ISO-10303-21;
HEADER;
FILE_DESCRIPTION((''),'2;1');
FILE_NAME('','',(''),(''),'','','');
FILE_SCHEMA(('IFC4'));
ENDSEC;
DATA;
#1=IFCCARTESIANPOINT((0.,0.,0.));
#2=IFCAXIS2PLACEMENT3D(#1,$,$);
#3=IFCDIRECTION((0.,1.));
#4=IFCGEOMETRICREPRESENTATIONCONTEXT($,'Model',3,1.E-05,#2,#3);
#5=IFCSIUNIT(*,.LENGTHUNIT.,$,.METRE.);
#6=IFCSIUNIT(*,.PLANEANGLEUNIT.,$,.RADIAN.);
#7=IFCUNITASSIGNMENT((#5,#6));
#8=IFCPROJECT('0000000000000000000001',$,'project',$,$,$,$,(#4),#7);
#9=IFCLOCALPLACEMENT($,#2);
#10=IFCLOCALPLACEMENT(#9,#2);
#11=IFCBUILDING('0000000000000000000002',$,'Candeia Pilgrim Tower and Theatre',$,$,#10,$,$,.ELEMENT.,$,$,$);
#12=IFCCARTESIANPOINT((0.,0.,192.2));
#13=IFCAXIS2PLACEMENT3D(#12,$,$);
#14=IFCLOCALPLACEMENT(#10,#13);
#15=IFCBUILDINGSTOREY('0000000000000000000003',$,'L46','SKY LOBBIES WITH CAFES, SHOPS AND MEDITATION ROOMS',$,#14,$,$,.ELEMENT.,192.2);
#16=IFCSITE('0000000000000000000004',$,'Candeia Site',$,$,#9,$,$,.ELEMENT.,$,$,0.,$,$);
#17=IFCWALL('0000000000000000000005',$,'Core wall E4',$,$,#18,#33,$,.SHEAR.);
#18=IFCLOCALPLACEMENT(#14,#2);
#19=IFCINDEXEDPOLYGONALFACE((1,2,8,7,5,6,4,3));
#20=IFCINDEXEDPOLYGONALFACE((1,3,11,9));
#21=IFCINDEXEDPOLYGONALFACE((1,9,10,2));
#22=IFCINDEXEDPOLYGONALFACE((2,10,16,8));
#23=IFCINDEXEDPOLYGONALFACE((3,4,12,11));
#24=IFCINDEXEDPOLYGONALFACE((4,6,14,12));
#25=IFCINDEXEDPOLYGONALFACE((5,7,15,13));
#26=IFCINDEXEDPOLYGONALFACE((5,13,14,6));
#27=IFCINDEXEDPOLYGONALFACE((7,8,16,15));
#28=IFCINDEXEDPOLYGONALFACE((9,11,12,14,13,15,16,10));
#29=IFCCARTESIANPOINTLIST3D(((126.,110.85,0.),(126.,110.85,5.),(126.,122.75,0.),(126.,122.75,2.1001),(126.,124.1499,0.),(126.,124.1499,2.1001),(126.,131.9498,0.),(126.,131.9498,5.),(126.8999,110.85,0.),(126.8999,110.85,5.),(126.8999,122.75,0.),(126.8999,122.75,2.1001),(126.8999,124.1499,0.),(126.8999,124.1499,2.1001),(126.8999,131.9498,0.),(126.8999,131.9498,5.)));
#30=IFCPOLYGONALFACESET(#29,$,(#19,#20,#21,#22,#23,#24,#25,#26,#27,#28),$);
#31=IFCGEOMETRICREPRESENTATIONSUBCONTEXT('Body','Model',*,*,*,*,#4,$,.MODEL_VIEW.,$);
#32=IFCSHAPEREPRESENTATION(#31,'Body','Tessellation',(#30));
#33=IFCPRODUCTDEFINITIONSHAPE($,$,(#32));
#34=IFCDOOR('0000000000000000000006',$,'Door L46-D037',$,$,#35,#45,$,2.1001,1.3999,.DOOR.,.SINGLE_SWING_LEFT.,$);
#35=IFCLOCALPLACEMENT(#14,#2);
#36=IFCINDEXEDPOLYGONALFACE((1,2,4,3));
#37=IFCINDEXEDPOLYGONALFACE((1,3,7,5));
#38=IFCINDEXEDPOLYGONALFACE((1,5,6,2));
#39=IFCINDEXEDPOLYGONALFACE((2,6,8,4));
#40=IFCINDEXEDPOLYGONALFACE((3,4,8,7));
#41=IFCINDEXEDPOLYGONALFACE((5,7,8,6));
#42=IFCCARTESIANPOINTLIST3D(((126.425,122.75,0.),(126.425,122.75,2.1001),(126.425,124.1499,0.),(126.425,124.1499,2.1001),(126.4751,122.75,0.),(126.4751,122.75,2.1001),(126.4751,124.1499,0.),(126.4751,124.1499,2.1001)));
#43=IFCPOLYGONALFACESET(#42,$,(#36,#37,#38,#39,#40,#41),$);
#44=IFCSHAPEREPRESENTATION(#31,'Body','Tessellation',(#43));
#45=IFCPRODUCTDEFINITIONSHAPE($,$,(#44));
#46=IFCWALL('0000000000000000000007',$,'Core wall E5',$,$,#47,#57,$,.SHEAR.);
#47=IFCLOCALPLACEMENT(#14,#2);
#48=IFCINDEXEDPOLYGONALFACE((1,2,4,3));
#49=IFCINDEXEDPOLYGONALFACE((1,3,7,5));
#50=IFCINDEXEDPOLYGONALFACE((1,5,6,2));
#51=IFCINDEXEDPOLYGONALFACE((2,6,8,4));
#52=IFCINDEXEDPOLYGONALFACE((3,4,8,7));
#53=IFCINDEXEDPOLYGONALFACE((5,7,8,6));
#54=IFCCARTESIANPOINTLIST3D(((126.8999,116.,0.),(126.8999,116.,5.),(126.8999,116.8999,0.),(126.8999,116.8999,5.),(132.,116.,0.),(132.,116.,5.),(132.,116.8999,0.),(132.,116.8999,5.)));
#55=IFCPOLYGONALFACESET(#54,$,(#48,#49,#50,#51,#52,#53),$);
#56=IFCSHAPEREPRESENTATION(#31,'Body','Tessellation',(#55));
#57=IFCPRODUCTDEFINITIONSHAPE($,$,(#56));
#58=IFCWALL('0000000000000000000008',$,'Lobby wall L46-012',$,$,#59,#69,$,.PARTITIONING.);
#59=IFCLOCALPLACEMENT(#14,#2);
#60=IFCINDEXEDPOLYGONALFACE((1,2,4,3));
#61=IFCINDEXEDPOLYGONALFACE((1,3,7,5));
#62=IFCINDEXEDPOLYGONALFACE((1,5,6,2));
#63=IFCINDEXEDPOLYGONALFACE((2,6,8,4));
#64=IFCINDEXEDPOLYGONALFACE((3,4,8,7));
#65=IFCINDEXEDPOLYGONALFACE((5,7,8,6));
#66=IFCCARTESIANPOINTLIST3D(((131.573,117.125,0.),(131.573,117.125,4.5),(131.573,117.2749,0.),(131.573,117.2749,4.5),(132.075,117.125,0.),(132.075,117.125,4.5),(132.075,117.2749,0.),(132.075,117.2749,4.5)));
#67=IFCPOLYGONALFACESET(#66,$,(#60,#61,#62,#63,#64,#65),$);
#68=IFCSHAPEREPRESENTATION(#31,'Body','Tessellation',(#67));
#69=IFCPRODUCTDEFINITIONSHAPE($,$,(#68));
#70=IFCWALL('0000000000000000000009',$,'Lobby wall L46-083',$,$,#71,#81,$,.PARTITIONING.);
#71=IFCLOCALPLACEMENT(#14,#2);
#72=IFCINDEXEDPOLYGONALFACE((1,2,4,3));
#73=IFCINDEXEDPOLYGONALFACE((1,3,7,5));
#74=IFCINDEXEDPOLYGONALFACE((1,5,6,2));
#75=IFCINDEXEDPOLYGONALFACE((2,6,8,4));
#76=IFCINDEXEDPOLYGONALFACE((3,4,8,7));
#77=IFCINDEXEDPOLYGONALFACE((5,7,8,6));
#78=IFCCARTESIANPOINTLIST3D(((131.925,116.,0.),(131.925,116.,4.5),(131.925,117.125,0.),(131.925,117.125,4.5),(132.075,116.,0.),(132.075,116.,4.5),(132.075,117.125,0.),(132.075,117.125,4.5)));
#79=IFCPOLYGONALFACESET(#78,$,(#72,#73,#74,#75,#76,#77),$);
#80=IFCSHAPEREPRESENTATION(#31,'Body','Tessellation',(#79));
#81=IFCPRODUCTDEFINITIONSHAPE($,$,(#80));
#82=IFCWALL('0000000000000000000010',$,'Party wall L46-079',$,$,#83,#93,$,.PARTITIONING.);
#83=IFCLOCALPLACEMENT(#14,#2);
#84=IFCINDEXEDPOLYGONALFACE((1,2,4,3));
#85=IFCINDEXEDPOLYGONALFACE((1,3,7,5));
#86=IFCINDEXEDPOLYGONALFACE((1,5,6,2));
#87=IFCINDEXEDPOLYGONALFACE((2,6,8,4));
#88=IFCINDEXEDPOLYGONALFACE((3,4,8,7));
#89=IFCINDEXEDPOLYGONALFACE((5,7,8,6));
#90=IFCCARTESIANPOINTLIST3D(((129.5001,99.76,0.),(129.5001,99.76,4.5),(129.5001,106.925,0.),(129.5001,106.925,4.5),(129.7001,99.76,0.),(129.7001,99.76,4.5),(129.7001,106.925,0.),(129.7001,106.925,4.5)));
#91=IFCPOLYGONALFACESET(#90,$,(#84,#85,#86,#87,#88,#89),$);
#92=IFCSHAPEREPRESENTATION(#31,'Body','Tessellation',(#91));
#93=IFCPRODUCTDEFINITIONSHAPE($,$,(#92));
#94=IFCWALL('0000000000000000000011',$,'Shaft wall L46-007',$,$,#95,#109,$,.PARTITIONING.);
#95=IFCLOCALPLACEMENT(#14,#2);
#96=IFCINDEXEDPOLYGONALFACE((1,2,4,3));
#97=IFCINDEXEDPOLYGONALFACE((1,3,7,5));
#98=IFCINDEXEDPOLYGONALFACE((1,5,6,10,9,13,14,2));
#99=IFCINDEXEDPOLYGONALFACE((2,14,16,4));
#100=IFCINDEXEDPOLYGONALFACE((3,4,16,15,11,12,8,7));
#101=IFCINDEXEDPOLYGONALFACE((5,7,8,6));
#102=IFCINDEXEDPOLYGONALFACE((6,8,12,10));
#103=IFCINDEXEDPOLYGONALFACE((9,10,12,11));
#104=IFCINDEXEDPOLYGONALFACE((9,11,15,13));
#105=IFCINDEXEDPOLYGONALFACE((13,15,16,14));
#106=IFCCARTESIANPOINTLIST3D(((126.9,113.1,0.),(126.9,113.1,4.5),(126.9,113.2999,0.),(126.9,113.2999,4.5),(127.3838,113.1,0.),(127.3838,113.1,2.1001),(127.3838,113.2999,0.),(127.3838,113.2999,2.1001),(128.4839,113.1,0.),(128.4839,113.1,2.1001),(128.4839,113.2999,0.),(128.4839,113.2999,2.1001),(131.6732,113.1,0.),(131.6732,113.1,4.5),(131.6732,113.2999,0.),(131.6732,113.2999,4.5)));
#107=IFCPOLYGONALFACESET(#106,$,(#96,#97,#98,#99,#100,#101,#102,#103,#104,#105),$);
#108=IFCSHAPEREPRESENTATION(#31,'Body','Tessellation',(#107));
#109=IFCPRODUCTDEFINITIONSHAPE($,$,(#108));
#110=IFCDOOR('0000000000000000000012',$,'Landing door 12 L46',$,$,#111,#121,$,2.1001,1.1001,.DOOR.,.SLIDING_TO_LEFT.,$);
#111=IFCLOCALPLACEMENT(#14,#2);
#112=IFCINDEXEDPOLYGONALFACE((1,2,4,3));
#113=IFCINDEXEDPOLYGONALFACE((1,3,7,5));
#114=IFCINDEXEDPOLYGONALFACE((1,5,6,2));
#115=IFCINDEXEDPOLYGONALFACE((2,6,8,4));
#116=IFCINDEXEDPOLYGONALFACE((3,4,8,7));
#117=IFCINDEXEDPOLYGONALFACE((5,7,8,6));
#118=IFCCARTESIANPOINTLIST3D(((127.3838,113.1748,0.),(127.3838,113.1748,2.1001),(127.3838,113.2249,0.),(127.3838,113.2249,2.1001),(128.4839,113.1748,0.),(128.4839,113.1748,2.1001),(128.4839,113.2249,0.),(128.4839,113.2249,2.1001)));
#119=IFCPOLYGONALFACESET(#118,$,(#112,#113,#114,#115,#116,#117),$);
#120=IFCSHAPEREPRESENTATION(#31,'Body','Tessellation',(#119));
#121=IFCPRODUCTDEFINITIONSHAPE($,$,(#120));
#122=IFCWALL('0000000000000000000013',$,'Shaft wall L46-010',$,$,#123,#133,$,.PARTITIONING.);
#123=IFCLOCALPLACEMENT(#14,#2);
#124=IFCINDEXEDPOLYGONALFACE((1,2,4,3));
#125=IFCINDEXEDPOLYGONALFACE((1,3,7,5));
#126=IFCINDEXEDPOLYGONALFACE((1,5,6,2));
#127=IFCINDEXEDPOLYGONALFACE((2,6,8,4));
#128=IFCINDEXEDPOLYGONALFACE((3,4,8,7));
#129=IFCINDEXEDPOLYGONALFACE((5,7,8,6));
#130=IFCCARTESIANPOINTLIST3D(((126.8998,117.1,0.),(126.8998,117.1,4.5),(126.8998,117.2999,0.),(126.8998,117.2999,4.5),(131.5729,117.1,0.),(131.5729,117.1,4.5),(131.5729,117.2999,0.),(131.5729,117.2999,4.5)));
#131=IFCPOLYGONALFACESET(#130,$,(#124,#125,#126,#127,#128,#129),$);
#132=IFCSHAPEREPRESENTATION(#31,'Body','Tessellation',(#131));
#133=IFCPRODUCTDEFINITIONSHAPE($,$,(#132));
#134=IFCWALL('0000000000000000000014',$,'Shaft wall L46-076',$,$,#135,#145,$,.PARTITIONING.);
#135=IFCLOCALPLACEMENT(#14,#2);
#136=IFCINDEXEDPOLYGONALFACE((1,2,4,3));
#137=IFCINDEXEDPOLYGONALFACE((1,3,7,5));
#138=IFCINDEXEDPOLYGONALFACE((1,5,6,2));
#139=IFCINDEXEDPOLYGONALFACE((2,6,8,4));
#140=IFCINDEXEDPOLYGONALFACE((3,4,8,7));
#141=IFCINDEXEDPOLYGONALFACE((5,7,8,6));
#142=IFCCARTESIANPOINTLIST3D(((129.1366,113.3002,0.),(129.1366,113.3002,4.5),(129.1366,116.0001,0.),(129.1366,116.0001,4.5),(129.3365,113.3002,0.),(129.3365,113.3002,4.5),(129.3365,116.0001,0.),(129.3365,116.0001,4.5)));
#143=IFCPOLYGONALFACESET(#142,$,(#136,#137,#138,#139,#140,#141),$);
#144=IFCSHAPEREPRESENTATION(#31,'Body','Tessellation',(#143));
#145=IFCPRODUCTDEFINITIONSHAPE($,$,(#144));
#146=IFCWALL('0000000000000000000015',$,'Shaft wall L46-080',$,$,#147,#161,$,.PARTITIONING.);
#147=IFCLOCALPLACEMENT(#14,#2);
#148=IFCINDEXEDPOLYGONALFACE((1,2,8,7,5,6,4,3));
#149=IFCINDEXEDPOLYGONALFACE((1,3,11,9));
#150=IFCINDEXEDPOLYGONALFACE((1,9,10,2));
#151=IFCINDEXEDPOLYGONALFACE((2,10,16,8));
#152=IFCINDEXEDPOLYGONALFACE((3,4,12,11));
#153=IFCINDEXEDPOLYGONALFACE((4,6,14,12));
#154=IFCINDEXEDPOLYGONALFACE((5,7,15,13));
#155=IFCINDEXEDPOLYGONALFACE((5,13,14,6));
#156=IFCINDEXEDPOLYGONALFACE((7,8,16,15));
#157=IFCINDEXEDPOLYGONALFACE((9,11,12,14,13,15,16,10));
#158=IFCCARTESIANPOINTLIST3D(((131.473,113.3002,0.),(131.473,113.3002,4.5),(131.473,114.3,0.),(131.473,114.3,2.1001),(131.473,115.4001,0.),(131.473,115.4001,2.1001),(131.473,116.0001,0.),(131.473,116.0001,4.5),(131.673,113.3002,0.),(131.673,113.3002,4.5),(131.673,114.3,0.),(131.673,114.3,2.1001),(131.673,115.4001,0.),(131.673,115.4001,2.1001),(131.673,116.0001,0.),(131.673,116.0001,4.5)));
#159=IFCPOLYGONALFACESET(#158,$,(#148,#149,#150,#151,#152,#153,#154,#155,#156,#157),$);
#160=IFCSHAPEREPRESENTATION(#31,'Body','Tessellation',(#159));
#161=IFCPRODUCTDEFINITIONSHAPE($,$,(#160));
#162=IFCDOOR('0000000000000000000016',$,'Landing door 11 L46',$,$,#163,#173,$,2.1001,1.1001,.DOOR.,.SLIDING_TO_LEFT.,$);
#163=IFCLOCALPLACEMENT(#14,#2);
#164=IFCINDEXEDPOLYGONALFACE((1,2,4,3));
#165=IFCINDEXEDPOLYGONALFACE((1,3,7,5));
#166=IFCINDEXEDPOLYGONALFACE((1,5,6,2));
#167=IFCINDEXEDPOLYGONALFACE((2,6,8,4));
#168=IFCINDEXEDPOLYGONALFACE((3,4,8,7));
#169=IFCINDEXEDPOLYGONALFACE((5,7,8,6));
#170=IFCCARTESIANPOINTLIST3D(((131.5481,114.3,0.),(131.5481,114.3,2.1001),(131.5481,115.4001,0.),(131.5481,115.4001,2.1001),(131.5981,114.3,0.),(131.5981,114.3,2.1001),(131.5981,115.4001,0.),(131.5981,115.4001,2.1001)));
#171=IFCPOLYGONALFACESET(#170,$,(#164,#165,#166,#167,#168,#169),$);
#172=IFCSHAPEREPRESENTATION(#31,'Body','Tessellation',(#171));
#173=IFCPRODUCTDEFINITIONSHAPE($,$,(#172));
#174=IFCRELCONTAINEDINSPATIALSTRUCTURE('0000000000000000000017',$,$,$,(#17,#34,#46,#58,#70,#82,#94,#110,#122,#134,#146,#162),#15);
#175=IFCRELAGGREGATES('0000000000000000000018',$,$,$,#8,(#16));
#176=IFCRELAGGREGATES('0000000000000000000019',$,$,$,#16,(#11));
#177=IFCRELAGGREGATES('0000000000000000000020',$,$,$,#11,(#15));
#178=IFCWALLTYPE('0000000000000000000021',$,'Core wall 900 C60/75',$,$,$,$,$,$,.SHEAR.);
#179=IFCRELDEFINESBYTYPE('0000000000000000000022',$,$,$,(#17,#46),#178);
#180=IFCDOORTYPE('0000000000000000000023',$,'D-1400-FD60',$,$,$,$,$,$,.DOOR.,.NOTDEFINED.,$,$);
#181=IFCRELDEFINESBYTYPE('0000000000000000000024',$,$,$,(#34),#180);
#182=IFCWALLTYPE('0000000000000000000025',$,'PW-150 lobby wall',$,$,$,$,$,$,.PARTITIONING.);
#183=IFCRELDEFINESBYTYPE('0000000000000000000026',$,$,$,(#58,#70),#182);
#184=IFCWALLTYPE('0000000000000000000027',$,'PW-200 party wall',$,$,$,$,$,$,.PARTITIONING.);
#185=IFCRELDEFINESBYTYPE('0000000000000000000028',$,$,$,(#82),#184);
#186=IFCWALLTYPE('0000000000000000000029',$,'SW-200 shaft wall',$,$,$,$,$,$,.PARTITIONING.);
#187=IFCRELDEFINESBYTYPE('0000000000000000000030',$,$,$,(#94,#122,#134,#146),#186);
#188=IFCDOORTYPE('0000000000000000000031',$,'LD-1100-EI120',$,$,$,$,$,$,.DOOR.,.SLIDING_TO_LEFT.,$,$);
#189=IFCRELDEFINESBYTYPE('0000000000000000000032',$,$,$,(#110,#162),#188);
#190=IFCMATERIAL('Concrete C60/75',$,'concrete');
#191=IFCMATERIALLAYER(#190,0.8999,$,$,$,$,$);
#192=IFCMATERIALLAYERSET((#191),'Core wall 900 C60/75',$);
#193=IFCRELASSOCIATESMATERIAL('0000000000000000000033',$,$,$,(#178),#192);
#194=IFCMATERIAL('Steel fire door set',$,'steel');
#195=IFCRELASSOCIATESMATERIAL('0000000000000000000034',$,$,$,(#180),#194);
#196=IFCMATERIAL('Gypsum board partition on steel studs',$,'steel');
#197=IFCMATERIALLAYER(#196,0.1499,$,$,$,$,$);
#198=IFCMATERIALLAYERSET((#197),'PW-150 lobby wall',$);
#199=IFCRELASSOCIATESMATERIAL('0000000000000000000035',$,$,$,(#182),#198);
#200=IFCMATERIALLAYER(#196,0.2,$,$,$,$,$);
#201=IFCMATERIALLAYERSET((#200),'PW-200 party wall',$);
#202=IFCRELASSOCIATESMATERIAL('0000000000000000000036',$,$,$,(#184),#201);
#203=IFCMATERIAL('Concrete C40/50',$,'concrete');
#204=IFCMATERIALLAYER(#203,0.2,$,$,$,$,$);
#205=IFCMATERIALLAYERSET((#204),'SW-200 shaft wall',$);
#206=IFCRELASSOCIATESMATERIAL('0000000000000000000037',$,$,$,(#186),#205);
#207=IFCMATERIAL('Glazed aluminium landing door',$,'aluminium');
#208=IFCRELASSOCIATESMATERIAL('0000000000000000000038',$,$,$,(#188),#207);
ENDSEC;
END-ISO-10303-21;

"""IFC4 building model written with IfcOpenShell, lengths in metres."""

from ifc_helpers import new_model, si_unit, direction, frame, frame_2d, origin, place, context, subcontext, project, spatial, rectangle, extrude, material, layer, layer_set, type_object, element, fill, save


model = new_model("IFC4")

# Units and contexts
model_context = context("Model", 3, precision=1e-05, world=origin(), true_north=direction((0.0, 1.0)))
body_context = subcontext(model_context, "Body", "Model", "MODEL_VIEW")
ifc_project = project(units=[si_unit("LENGTHUNIT", "METRE"), si_unit("PLANEANGLEUNIT", "RADIAN")], contexts=[model_context])

# Site, building, storey
site_placement = place(None, origin())
site = spatial("IfcSite", under=ifc_project, at=site_placement, Name="Candeia Site", CompositionType="ELEMENT", RefElevation=0.0)
building_placement = place(site_placement, origin())
building = spatial("IfcBuilding", under=site, at=building_placement, Name="Candeia Pilgrim Tower and Theatre", CompositionType="ELEMENT")
storey_placement = place(building_placement, frame((0.0, 0.0, 192.2)))
storey = spatial("IfcBuildingStorey", under=building, at=storey_placement, Name="L46", Description="SKY LOBBIES WITH CAFES, SHOPS AND MEDITATION ROOMS", CompositionType="ELEMENT", Elevation=192.2)

# Shared definitions
ifc_material_1 = material(Name="Concrete C60/75", Category="concrete")

# Wall, opening, door
ifc_layer_1 = layer(ifc_material_1, 0.8999)
ifc_layer_set_1 = layer_set([ifc_layer_1], Name="Core wall 900 C60/75")
wall_type_1 = type_object("IfcWallType", Name="Core wall 900 C60/75", PredefinedType="SHEAR", material=ifc_layer_set_1)
wall_1_placement = place(storey_placement, frame((126.45, 110.8501, 0.0), z_axis=(0.0, 0.0, 1.0), x_axis=(0.0, 1.0, 0.0)))
wall_1 = element("IfcWall", 1, at=wall_1_placement, inside=storey, type_object=wall_type_1, Name="Core wall E4", PredefinedType="SHEAR", context=body_context, shape_type="SweptSolid", body=[
    extrude(rectangle(XDim=21.0999, YDim=0.8999, at=frame_2d((10.5498, 0.0))), origin(), (0.0, 0.0, 1.0), 5.0),
])
opening_1_placement = place(wall_1_placement, frame((11.8999, 0.0, 0.0)))
opening_1 = element("IfcOpeningElement", 2, at=opening_1_placement, cuts=wall_1, PredefinedType="OPENING", context=body_context, shape_type="SweptSolid", body=[
    extrude(rectangle(XDim=1.3999, YDim=2.1001, at=frame_2d((0.7, 1.05))), frame((0.0, 0.46, 0.0), z_axis=(0.0, -1.0, 0.0), x_axis=(1.0, 0.0, 0.0)), (0.0, 0.0, 1.0), 0.9199),
])
ifc_material_2 = material(Name="Steel fire door set", Category="steel")
door_type_1 = type_object("IfcDoorType", Name="D-1400-FD60", OperationType="NOTDEFINED", PredefinedType="DOOR", material=ifc_material_2)
door_1_placement = place(opening_1_placement, origin())
door_1 = element("IfcDoor", 3, at=door_1_placement, inside=storey, type_object=door_type_1, Name="Door L46-D037", OperationType="SINGLE_SWING_LEFT", OverallHeight=2.1001, OverallWidth=1.3999, PredefinedType="DOOR", context=body_context, shape_type="SweptSolid", body=[
    extrude(rectangle(XDim=1.3999, YDim=2.1001, at=frame_2d((0.7, 1.05))), frame((0.0, 0.0249, 0.0), z_axis=(0.0, -1.0, 0.0), x_axis=(1.0, 0.0, 0.0)), (0.0, 0.0, 1.0), 0.05),
])
fill(opening_1, door_1)

# Walls
wall_2_placement = place(storey_placement, frame((126.8999, 116.45, 0.0), z_axis=(0.0, 0.0, 1.0), x_axis=(1.0, 0.0, 0.0)))
element("IfcWall", 4, at=wall_2_placement, inside=storey, type_object=wall_type_1, Name="Core wall E5", PredefinedType="SHEAR", context=body_context, shape_type="SweptSolid", body=[
    extrude(rectangle(XDim=5.1001, YDim=0.8999, at=frame_2d((2.55, 0.0))), origin(), (0.0, 0.0, 1.0), 5.0),
])
ifc_material_3 = material(Name="Gypsum board partition on steel studs", Category="steel")
ifc_layer_2 = layer(ifc_material_3, 0.1499)
ifc_layer_set_2 = layer_set([ifc_layer_2], Name="PW-150 lobby wall")
wall_type_2 = type_object("IfcWallType", Name="PW-150 lobby wall", PredefinedType="PARTITIONING", material=ifc_layer_set_2)
wall_3_placement = place(storey_placement, frame((131.573, 117.2, 0.0), z_axis=(0.0, 0.0, 1.0), x_axis=(1.0, 0.0, 0.0)))
element("IfcWall", 5, at=wall_3_placement, inside=storey, type_object=wall_type_2, Name="Lobby wall L46-012", PredefinedType="PARTITIONING", context=body_context, shape_type="SweptSolid", body=[
    extrude(rectangle(XDim=0.502, YDim=0.1499, at=frame_2d((0.251, 0.0))), origin(), (0.0, 0.0, 1.0), 4.5),
])
wall_4_placement = place(storey_placement, frame((132.0, 116.0, 0.0), z_axis=(0.0, 0.0, 1.0), x_axis=(0.0, 1.0, 0.0)))
element("IfcWall", 6, at=wall_4_placement, inside=storey, type_object=wall_type_2, Name="Lobby wall L46-083", PredefinedType="PARTITIONING", context=body_context, shape_type="SweptSolid", body=[
    extrude(rectangle(XDim=1.125, YDim=0.1499, at=frame_2d((0.5625, 0.0))), origin(), (0.0, 0.0, 1.0), 4.5),
])
ifc_layer_3 = layer(ifc_material_3, 0.2)
ifc_layer_set_3 = layer_set([ifc_layer_3], Name="PW-200 party wall")
wall_type_3 = type_object("IfcWallType", Name="PW-200 party wall", PredefinedType="PARTITIONING", material=ifc_layer_set_3)
wall_5_placement = place(storey_placement, frame((129.6001, 99.76, 0.0), z_axis=(0.0, 0.0, 1.0), x_axis=(0.0, 1.0, 0.0)))
element("IfcWall", 7, at=wall_5_placement, inside=storey, type_object=wall_type_3, Name="Party wall L46-079", PredefinedType="PARTITIONING", context=body_context, shape_type="SweptSolid", body=[
    extrude(rectangle(XDim=7.165, YDim=0.2, at=frame_2d((3.5825, 0.0))), origin(), (0.0, 0.0, 1.0), 4.5),
])

# Wall, opening, door
ifc_material_4 = material(Name="Concrete C40/50", Category="concrete")
ifc_layer_4 = layer(ifc_material_4, 0.2)
ifc_layer_set_4 = layer_set([ifc_layer_4], Name="SW-200 shaft wall")
wall_type_4 = type_object("IfcWallType", Name="SW-200 shaft wall", PredefinedType="PARTITIONING", material=ifc_layer_set_4)
wall_6_placement = place(storey_placement, frame((126.8999, 113.2, 0.0), z_axis=(0.0, 0.0, 1.0), x_axis=(1.0, 0.0, 0.0)))
wall_6 = element("IfcWall", 8, at=wall_6_placement, inside=storey, type_object=wall_type_4, Name="Shaft wall L46-007", PredefinedType="PARTITIONING", context=body_context, shape_type="SweptSolid", body=[
    extrude(rectangle(XDim=4.7732, YDim=0.2, at=frame_2d((2.3867, 0.0))), origin(), (0.0, 0.0, 1.0), 4.5),
])
opening_2_placement = place(wall_6_placement, frame((0.4839, 0.0, 0.0)))
opening_2 = element("IfcOpeningElement", 9, at=opening_2_placement, cuts=wall_6, PredefinedType="OPENING", context=body_context, shape_type="SweptSolid", body=[
    extrude(rectangle(XDim=1.1001, YDim=2.1001, at=frame_2d((0.55, 1.05))), frame((0.0, 0.1099, 0.0), z_axis=(0.0, -1.0, 0.0), x_axis=(1.0, 0.0, 0.0)), (0.0, 0.0, 1.0), 0.22),
])
ifc_material_5 = material(Name="Glazed aluminium landing door", Category="aluminium")
door_type_2 = type_object("IfcDoorType", Name="LD-1100-EI120", OperationType="SLIDING_TO_LEFT", PredefinedType="DOOR", material=ifc_material_5)
door_2_placement = place(opening_2_placement, origin())
door_2 = element("IfcDoor", 10, at=door_2_placement, inside=storey, type_object=door_type_2, Name="Landing door 12 L46", OperationType="SLIDING_TO_LEFT", OverallHeight=2.1001, OverallWidth=1.1001, PredefinedType="DOOR", context=body_context, shape_type="SweptSolid", body=[
    extrude(rectangle(XDim=1.1001, YDim=2.1001, at=frame_2d((0.55, 1.05))), frame((0.0, 0.0249, 0.0), z_axis=(0.0, -1.0, 0.0), x_axis=(1.0, 0.0, 0.0)), (0.0, 0.0, 1.0), 0.05),
])
fill(opening_2, door_2)

# Walls
wall_7_placement = place(storey_placement, frame((126.8999, 117.2, 0.0), z_axis=(0.0, 0.0, 1.0), x_axis=(1.0, 0.0, 0.0)))
element("IfcWall", 11, at=wall_7_placement, inside=storey, type_object=wall_type_4, Name="Shaft wall L46-010", PredefinedType="PARTITIONING", context=body_context, shape_type="SweptSolid", body=[
    extrude(rectangle(XDim=4.6731, YDim=0.2, at=frame_2d((2.3364, 0.0))), origin(), (0.0, 0.0, 1.0), 4.5),
])
wall_8_placement = place(storey_placement, frame((129.2366, 113.3, 0.0), z_axis=(0.0, 0.0, 1.0), x_axis=(0.0, 1.0, 0.0)))
element("IfcWall", 12, at=wall_8_placement, inside=storey, type_object=wall_type_4, Name="Shaft wall L46-076", PredefinedType="PARTITIONING", context=body_context, shape_type="SweptSolid", body=[
    extrude(rectangle(XDim=2.7, YDim=0.2, at=frame_2d((1.3501, 0.0))), origin(), (0.0, 0.0, 1.0), 4.5),
])

# Wall, opening, door
wall_9_placement = place(storey_placement, frame((131.573, 113.3, 0.0), z_axis=(0.0, 0.0, 1.0), x_axis=(0.0, 1.0, 0.0)))
wall_9 = element("IfcWall", 13, at=wall_9_placement, inside=storey, type_object=wall_type_4, Name="Shaft wall L46-080", PredefinedType="PARTITIONING", context=body_context, shape_type="SweptSolid", body=[
    extrude(rectangle(XDim=2.7, YDim=0.2, at=frame_2d((1.3501, 0.0))), origin(), (0.0, 0.0, 1.0), 4.5),
])
opening_3_placement = place(wall_9_placement, frame((1.0, 0.0, 0.0)))
opening_3 = element("IfcOpeningElement", 14, at=opening_3_placement, cuts=wall_9, PredefinedType="OPENING", context=body_context, shape_type="SweptSolid", body=[
    extrude(rectangle(XDim=1.1001, YDim=2.1001, at=frame_2d((0.55, 1.05))), frame((0.0, 0.1099, 0.0), z_axis=(0.0, -1.0, 0.0), x_axis=(1.0, 0.0, 0.0)), (0.0, 0.0, 1.0), 0.22),
])
door_3_placement = place(opening_3_placement, origin())
door_3 = element("IfcDoor", 15, at=door_3_placement, inside=storey, type_object=door_type_2, Name="Landing door 11 L46", OperationType="SLIDING_TO_LEFT", OverallHeight=2.1001, OverallWidth=1.1001, PredefinedType="DOOR", context=body_context, shape_type="SweptSolid", body=[
    extrude(rectangle(XDim=1.1001, YDim=2.1001, at=frame_2d((0.55, 1.05))), frame((0.0, 0.0249, 0.0), z_axis=(0.0, -1.0, 0.0), x_axis=(1.0, 0.0, 0.0)), (0.0, 0.0, 1.0), 0.05),
])
fill(opening_3, door_3)

save(model, "model.ifc")
